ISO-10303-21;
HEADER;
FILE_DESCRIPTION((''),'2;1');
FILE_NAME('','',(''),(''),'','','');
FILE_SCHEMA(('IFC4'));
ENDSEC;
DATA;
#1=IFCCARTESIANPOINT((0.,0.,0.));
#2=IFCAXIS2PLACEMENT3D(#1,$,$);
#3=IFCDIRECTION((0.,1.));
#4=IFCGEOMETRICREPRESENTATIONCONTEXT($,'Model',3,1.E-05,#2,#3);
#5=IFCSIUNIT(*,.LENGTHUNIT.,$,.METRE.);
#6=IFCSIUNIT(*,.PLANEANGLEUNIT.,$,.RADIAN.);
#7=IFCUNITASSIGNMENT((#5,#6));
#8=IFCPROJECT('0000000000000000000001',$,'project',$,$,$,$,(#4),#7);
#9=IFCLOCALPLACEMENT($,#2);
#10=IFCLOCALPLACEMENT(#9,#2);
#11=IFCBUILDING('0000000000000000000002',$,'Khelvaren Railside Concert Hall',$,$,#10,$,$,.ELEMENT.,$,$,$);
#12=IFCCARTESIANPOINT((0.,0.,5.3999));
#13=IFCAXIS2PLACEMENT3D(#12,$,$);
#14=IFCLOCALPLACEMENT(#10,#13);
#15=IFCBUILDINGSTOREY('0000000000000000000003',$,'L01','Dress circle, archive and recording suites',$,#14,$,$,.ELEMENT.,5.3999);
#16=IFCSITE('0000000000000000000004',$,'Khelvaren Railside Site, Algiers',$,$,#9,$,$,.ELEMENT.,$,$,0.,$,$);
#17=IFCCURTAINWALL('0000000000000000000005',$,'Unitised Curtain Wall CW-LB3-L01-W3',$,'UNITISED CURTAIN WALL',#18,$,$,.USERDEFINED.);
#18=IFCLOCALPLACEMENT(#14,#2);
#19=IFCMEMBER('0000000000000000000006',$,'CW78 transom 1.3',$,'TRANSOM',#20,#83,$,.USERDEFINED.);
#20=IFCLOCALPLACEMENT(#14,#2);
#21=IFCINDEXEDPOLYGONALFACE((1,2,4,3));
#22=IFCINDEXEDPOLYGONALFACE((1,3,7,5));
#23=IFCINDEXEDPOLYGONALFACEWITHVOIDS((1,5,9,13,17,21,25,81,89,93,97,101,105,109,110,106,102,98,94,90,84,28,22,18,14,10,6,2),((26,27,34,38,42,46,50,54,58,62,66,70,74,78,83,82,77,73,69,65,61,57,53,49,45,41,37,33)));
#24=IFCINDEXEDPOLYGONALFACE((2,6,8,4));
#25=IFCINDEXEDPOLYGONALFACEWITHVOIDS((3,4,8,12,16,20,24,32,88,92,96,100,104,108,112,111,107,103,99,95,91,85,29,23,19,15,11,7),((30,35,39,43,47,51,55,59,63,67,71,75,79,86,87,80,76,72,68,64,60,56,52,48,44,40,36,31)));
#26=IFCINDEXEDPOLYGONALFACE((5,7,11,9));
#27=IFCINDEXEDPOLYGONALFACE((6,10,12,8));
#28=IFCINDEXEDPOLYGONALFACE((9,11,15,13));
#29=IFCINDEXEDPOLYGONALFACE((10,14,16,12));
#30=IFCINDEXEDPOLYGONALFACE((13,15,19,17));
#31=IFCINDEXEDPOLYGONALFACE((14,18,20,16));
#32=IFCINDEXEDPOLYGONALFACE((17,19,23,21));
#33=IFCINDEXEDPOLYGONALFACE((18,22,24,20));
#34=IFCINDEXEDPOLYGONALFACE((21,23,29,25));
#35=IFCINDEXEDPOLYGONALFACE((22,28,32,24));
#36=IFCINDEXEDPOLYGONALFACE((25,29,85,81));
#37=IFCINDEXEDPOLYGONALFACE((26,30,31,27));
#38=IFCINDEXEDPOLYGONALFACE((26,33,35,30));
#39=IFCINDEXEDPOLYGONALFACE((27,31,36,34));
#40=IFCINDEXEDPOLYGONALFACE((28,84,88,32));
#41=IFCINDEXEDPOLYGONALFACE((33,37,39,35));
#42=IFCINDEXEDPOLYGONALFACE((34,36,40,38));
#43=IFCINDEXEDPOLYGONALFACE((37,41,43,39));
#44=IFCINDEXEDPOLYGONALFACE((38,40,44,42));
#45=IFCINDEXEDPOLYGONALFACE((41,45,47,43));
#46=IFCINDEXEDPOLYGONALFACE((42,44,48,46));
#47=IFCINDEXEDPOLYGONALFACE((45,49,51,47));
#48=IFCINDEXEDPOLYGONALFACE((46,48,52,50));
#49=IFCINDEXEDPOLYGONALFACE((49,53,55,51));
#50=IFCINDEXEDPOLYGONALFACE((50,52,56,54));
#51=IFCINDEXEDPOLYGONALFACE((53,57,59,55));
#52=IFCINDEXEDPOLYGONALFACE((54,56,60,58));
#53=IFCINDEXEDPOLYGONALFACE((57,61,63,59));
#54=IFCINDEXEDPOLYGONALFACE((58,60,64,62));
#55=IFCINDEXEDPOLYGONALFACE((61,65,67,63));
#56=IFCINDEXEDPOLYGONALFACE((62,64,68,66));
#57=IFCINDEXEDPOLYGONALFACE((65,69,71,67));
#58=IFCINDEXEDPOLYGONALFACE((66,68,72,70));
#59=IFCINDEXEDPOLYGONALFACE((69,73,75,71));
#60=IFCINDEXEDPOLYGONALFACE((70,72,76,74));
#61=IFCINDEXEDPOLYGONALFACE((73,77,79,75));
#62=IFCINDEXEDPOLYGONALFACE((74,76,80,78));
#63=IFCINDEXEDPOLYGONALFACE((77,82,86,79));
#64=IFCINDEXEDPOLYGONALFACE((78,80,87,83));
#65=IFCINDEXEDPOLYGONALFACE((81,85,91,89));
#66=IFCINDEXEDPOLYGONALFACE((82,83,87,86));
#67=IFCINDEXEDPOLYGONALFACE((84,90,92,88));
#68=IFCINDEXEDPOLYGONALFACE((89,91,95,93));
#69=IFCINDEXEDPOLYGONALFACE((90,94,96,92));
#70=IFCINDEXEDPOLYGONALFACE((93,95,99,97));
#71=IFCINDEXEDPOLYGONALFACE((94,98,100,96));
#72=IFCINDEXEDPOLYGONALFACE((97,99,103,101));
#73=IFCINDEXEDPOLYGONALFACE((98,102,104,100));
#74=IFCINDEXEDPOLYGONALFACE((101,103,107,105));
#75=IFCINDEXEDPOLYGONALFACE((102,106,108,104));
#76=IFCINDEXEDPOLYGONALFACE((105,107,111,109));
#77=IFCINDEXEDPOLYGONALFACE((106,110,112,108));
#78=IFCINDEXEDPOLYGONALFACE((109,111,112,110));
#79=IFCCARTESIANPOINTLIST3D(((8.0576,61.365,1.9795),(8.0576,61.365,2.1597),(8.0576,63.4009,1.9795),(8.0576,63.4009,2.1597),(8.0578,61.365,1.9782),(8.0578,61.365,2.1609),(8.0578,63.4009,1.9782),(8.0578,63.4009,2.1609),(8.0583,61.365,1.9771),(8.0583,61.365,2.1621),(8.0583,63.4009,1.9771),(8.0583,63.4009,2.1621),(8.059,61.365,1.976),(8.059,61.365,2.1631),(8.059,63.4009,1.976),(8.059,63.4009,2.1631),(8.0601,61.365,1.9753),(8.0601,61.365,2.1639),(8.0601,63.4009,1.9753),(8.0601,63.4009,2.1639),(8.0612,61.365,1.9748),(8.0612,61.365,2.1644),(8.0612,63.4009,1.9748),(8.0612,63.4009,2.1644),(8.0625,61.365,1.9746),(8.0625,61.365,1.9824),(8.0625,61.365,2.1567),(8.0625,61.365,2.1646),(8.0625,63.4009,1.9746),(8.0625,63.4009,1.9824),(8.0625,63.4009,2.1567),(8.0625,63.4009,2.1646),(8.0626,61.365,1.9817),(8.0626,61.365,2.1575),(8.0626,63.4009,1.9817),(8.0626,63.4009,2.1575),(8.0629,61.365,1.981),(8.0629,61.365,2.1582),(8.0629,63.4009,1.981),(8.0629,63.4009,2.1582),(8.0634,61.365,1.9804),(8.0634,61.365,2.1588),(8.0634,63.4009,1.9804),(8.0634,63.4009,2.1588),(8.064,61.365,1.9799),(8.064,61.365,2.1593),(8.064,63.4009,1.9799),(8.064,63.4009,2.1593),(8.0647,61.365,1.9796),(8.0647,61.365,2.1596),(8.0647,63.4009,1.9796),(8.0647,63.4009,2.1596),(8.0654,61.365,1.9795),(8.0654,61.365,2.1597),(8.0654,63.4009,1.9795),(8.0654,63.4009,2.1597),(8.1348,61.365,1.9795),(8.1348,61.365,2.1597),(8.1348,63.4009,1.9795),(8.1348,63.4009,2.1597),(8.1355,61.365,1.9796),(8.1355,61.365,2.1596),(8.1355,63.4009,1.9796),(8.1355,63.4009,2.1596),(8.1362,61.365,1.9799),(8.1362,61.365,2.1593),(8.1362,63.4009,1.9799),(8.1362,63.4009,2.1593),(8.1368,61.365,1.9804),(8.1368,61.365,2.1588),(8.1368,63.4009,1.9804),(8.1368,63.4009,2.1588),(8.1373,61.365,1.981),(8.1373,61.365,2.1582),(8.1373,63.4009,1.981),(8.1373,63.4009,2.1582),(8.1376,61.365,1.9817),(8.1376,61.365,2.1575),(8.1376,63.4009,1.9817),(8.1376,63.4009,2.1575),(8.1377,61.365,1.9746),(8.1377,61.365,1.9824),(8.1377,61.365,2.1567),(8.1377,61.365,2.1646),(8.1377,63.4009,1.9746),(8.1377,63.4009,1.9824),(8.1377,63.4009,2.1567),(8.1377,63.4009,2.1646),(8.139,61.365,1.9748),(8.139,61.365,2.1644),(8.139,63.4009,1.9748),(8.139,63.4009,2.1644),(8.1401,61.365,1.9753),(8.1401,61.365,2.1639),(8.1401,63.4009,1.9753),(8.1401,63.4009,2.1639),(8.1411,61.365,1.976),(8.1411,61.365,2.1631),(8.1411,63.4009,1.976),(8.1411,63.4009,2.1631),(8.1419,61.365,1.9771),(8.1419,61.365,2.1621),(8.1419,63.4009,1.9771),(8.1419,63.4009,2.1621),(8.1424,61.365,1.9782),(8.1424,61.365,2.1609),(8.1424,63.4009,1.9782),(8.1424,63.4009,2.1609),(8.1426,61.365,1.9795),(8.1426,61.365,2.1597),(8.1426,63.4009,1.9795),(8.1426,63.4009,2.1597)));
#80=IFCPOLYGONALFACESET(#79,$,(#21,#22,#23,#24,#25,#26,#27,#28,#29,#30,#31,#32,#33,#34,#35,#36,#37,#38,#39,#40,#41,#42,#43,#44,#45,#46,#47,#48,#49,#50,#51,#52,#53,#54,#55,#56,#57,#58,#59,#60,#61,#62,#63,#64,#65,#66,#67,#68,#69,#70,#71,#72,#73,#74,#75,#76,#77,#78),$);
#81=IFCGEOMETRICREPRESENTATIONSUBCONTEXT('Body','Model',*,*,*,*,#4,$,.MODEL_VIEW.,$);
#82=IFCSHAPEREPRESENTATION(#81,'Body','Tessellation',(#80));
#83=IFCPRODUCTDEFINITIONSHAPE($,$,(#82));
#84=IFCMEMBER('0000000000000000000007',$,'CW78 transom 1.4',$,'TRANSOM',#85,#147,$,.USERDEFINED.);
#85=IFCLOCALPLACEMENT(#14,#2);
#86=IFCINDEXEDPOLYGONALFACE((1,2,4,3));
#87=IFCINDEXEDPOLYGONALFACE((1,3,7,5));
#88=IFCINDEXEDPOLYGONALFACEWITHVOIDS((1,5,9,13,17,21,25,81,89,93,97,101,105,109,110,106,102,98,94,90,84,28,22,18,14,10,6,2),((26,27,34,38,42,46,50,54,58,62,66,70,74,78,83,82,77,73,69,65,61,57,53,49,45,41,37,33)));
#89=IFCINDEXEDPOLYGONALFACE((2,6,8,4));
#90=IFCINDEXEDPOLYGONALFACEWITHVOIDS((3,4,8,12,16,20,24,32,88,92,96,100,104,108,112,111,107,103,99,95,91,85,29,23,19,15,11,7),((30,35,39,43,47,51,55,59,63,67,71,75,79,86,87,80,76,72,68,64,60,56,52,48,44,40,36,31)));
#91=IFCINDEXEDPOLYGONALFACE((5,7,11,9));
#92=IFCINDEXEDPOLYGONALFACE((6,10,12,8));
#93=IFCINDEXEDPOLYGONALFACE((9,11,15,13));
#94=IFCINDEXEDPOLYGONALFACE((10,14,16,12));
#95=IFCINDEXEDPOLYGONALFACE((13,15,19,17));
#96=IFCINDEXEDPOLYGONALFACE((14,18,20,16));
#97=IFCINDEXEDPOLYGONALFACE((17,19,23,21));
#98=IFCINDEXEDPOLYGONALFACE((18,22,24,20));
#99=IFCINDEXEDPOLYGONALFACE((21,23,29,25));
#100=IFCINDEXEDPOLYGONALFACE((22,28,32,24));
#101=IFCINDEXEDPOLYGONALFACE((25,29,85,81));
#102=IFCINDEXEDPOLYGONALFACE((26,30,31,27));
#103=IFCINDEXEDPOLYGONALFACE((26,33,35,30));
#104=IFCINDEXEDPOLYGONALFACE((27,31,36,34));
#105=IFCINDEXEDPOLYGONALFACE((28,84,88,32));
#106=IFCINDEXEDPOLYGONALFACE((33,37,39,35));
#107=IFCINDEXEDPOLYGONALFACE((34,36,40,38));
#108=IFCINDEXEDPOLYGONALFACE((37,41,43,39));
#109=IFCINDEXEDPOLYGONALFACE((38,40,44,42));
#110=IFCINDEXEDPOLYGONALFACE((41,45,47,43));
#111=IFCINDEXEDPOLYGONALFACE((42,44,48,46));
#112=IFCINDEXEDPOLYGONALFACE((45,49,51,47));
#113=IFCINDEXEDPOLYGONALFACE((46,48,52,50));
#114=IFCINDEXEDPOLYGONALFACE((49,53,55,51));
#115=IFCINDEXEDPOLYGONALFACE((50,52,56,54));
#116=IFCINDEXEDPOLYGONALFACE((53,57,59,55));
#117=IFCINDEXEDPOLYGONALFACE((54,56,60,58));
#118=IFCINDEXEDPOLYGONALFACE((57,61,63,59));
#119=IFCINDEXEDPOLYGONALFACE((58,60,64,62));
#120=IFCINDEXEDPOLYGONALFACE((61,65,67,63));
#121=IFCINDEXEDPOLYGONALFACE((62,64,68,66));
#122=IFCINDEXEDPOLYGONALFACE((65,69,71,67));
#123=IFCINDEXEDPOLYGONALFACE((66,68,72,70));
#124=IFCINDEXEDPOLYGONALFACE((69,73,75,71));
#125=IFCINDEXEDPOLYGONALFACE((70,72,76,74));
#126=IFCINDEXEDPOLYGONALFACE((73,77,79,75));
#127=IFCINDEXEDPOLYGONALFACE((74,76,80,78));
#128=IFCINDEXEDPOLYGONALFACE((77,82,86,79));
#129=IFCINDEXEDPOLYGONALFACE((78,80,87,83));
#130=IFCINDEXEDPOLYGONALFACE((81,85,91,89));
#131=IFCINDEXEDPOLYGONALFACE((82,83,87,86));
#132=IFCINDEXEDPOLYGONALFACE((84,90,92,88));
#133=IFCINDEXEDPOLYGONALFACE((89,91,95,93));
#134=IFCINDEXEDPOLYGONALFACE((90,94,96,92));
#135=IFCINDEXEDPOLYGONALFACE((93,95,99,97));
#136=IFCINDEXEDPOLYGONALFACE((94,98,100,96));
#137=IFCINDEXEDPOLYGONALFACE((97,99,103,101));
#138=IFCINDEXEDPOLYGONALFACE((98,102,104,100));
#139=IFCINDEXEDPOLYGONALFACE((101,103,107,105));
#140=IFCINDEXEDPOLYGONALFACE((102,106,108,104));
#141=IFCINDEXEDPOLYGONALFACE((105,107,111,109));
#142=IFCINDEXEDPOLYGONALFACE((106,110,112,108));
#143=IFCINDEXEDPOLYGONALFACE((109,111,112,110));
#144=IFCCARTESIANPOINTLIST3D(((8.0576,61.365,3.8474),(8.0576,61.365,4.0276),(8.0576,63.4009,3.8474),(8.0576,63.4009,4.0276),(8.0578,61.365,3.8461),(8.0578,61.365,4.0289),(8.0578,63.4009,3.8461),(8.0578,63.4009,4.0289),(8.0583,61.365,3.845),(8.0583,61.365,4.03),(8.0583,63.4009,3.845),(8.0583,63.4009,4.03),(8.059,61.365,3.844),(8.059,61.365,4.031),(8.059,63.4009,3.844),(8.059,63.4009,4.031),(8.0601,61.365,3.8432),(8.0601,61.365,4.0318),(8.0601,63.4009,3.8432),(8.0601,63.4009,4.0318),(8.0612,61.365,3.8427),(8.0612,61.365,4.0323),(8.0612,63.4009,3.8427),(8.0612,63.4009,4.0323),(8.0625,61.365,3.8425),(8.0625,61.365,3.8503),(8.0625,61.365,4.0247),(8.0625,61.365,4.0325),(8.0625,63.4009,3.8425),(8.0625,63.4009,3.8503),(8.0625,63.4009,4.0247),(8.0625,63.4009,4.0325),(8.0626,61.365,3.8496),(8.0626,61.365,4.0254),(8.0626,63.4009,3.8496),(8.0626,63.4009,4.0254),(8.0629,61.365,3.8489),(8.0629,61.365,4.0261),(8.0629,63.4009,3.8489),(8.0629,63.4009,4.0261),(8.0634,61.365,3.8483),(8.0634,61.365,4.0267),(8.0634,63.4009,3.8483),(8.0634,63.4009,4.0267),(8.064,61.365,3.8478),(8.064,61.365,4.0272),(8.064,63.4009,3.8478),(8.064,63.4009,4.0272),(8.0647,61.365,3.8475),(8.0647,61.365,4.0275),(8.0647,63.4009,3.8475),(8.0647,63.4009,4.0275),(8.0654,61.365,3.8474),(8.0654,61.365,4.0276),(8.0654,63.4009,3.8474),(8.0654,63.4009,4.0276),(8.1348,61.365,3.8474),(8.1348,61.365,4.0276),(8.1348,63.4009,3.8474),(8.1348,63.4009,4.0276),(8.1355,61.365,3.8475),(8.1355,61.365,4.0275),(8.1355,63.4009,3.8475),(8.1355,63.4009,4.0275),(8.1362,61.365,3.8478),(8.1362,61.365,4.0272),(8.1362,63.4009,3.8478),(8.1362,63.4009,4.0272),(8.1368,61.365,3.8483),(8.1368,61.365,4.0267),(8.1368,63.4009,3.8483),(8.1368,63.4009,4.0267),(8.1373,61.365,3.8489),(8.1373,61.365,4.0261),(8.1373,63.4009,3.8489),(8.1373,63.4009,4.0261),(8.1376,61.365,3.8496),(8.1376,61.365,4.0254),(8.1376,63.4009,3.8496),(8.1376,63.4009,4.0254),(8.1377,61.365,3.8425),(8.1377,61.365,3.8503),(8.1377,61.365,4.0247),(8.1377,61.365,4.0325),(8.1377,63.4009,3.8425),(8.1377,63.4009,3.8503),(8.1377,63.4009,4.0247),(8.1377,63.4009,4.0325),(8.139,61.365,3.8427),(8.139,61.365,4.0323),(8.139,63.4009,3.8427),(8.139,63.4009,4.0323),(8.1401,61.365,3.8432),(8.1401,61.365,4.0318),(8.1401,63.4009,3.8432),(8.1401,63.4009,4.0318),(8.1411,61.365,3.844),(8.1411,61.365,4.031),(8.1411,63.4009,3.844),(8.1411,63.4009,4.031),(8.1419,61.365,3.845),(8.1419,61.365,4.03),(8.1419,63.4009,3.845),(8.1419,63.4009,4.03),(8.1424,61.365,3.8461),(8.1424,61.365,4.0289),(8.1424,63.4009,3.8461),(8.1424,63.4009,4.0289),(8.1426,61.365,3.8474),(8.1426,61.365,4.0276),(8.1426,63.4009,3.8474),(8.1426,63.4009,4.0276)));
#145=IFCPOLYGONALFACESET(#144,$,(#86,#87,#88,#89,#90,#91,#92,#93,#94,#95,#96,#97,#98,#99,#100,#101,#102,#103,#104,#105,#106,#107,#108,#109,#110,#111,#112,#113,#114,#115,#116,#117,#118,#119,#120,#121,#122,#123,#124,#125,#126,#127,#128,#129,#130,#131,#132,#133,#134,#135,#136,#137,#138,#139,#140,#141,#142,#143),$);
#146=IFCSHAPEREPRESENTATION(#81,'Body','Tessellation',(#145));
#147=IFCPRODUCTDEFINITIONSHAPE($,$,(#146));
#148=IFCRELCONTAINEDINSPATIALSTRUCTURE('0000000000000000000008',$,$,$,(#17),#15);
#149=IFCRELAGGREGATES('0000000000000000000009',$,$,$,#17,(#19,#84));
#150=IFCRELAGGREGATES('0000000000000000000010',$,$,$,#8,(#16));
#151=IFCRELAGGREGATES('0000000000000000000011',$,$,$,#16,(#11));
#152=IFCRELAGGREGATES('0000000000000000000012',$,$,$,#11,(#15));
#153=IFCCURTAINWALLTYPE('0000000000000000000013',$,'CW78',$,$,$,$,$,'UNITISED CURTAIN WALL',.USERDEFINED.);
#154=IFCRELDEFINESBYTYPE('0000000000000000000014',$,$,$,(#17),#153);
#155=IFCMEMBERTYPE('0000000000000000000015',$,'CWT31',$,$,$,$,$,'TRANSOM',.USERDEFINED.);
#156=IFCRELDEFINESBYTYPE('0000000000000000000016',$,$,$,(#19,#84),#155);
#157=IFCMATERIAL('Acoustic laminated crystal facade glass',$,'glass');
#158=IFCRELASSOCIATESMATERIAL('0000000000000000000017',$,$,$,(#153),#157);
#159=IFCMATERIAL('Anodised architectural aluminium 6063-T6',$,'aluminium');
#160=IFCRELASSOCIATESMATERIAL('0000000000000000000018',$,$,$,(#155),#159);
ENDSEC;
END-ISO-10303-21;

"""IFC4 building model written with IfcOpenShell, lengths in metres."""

from ifc_helpers import new_model, si_unit, direction, frame, origin, origin_2d, place, context, subcontext, project, spatial, hollow_rectangle, extrude, material, material_profile, profile_set, type_object, element, aggregate, save


model = new_model("IFC4")

# Units and contexts
model_context = context("Model", 3, precision=1e-05, world=origin(), true_north=direction((0.0, 1.0)))
body_context = subcontext(model_context, "Body", "Model", "MODEL_VIEW")
ifc_project = project(units=[si_unit("LENGTHUNIT", "METRE"), si_unit("PLANEANGLEUNIT", "RADIAN")], contexts=[model_context])

# Site, building, storey
site_placement = place(None, origin())
site = spatial("IfcSite", under=ifc_project, at=site_placement, Name="Khelvaren Railside Site, Algiers", CompositionType="ELEMENT", RefElevation=0.0)
building_placement = place(site_placement, origin())
building = spatial("IfcBuilding", under=site, at=building_placement, Name="Khelvaren Railside Concert Hall", CompositionType="ELEMENT")
storey_placement = place(building_placement, frame((0.0, 0.0, 5.3999)))
storey = spatial("IfcBuildingStorey", under=building, at=storey_placement, Name="L01", Description="Dress circle, archive and recording suites", CompositionType="ELEMENT", Elevation=5.3999)

# Curtain wall, members
ifc_material_1 = material(Name="Acoustic laminated crystal facade glass", Category="glass")
curtain_wall_type = type_object("IfcCurtainWallType", Name="CW78", ElementType="UNITISED CURTAIN WALL", PredefinedType="USERDEFINED", material=ifc_material_1)
curtain_wall_placement = place(storey_placement, origin())
curtain_wall = element("IfcCurtainWall", 1, at=curtain_wall_placement, inside=storey, type_object=curtain_wall_type, Name="Unitised Curtain Wall CW-LB3-L01-W3", ObjectType="UNITISED CURTAIN WALL", PredefinedType="USERDEFINED")
ifc_material_2 = material(Name="Anodised architectural aluminium 6063-T6", Category="aluminium")
ifc_material_profile_1 = material_profile(ifc_material_2, hollow_rectangle(XDim=0.085, YDim=0.1899, WallThickness=0.0049, InnerFilletRadius=0.0029, OuterFilletRadius=0.0049, at=origin_2d()), Name="CWT 85x190x5")
ifc_profile_set_1 = profile_set([ifc_material_profile_1], Name="Anodised architectural aluminium 6063-T6")
member_type_1 = type_object("IfcMemberType", Name="CWT31", ElementType="TRANSOM", PredefinedType="USERDEFINED", material=ifc_profile_set_1)
member_1_placement = place(storey_placement, frame((8.1001, 61.365, 2.0696), z_axis=(0.0, 1.0, 0.0), x_axis=(-1.0, 0.0, 0.0)))
member_1 = element("IfcMember", 2, at=member_1_placement, type_object=member_type_1, Name="CW78 transom 1.3", ObjectType="TRANSOM", PredefinedType="USERDEFINED", context=body_context, shape_type="SweptSolid", body=[
    extrude(hollow_rectangle(XDim=0.085, YDim=0.1899, WallThickness=0.0049, InnerFilletRadius=0.0029, OuterFilletRadius=0.0049, at=origin_2d()), origin(), (0.0, 0.0, 1.0), 2.0359),
])
member_2_placement = place(storey_placement, frame((8.1001, 61.365, 3.9375), z_axis=(0.0, 1.0, 0.0), x_axis=(-1.0, 0.0, 0.0)))
member_2 = element("IfcMember", 3, at=member_2_placement, type_object=member_type_1, Name="CW78 transom 1.4", ObjectType="TRANSOM", PredefinedType="USERDEFINED", context=body_context, shape_type="SweptSolid", body=[
    extrude(hollow_rectangle(XDim=0.085, YDim=0.1899, WallThickness=0.0049, InnerFilletRadius=0.0029, OuterFilletRadius=0.0049, at=origin_2d()), origin(), (0.0, 0.0, 1.0), 2.0359),
])

aggregate(curtain_wall, [member_1, member_2])

save(model, "model.ifc")
